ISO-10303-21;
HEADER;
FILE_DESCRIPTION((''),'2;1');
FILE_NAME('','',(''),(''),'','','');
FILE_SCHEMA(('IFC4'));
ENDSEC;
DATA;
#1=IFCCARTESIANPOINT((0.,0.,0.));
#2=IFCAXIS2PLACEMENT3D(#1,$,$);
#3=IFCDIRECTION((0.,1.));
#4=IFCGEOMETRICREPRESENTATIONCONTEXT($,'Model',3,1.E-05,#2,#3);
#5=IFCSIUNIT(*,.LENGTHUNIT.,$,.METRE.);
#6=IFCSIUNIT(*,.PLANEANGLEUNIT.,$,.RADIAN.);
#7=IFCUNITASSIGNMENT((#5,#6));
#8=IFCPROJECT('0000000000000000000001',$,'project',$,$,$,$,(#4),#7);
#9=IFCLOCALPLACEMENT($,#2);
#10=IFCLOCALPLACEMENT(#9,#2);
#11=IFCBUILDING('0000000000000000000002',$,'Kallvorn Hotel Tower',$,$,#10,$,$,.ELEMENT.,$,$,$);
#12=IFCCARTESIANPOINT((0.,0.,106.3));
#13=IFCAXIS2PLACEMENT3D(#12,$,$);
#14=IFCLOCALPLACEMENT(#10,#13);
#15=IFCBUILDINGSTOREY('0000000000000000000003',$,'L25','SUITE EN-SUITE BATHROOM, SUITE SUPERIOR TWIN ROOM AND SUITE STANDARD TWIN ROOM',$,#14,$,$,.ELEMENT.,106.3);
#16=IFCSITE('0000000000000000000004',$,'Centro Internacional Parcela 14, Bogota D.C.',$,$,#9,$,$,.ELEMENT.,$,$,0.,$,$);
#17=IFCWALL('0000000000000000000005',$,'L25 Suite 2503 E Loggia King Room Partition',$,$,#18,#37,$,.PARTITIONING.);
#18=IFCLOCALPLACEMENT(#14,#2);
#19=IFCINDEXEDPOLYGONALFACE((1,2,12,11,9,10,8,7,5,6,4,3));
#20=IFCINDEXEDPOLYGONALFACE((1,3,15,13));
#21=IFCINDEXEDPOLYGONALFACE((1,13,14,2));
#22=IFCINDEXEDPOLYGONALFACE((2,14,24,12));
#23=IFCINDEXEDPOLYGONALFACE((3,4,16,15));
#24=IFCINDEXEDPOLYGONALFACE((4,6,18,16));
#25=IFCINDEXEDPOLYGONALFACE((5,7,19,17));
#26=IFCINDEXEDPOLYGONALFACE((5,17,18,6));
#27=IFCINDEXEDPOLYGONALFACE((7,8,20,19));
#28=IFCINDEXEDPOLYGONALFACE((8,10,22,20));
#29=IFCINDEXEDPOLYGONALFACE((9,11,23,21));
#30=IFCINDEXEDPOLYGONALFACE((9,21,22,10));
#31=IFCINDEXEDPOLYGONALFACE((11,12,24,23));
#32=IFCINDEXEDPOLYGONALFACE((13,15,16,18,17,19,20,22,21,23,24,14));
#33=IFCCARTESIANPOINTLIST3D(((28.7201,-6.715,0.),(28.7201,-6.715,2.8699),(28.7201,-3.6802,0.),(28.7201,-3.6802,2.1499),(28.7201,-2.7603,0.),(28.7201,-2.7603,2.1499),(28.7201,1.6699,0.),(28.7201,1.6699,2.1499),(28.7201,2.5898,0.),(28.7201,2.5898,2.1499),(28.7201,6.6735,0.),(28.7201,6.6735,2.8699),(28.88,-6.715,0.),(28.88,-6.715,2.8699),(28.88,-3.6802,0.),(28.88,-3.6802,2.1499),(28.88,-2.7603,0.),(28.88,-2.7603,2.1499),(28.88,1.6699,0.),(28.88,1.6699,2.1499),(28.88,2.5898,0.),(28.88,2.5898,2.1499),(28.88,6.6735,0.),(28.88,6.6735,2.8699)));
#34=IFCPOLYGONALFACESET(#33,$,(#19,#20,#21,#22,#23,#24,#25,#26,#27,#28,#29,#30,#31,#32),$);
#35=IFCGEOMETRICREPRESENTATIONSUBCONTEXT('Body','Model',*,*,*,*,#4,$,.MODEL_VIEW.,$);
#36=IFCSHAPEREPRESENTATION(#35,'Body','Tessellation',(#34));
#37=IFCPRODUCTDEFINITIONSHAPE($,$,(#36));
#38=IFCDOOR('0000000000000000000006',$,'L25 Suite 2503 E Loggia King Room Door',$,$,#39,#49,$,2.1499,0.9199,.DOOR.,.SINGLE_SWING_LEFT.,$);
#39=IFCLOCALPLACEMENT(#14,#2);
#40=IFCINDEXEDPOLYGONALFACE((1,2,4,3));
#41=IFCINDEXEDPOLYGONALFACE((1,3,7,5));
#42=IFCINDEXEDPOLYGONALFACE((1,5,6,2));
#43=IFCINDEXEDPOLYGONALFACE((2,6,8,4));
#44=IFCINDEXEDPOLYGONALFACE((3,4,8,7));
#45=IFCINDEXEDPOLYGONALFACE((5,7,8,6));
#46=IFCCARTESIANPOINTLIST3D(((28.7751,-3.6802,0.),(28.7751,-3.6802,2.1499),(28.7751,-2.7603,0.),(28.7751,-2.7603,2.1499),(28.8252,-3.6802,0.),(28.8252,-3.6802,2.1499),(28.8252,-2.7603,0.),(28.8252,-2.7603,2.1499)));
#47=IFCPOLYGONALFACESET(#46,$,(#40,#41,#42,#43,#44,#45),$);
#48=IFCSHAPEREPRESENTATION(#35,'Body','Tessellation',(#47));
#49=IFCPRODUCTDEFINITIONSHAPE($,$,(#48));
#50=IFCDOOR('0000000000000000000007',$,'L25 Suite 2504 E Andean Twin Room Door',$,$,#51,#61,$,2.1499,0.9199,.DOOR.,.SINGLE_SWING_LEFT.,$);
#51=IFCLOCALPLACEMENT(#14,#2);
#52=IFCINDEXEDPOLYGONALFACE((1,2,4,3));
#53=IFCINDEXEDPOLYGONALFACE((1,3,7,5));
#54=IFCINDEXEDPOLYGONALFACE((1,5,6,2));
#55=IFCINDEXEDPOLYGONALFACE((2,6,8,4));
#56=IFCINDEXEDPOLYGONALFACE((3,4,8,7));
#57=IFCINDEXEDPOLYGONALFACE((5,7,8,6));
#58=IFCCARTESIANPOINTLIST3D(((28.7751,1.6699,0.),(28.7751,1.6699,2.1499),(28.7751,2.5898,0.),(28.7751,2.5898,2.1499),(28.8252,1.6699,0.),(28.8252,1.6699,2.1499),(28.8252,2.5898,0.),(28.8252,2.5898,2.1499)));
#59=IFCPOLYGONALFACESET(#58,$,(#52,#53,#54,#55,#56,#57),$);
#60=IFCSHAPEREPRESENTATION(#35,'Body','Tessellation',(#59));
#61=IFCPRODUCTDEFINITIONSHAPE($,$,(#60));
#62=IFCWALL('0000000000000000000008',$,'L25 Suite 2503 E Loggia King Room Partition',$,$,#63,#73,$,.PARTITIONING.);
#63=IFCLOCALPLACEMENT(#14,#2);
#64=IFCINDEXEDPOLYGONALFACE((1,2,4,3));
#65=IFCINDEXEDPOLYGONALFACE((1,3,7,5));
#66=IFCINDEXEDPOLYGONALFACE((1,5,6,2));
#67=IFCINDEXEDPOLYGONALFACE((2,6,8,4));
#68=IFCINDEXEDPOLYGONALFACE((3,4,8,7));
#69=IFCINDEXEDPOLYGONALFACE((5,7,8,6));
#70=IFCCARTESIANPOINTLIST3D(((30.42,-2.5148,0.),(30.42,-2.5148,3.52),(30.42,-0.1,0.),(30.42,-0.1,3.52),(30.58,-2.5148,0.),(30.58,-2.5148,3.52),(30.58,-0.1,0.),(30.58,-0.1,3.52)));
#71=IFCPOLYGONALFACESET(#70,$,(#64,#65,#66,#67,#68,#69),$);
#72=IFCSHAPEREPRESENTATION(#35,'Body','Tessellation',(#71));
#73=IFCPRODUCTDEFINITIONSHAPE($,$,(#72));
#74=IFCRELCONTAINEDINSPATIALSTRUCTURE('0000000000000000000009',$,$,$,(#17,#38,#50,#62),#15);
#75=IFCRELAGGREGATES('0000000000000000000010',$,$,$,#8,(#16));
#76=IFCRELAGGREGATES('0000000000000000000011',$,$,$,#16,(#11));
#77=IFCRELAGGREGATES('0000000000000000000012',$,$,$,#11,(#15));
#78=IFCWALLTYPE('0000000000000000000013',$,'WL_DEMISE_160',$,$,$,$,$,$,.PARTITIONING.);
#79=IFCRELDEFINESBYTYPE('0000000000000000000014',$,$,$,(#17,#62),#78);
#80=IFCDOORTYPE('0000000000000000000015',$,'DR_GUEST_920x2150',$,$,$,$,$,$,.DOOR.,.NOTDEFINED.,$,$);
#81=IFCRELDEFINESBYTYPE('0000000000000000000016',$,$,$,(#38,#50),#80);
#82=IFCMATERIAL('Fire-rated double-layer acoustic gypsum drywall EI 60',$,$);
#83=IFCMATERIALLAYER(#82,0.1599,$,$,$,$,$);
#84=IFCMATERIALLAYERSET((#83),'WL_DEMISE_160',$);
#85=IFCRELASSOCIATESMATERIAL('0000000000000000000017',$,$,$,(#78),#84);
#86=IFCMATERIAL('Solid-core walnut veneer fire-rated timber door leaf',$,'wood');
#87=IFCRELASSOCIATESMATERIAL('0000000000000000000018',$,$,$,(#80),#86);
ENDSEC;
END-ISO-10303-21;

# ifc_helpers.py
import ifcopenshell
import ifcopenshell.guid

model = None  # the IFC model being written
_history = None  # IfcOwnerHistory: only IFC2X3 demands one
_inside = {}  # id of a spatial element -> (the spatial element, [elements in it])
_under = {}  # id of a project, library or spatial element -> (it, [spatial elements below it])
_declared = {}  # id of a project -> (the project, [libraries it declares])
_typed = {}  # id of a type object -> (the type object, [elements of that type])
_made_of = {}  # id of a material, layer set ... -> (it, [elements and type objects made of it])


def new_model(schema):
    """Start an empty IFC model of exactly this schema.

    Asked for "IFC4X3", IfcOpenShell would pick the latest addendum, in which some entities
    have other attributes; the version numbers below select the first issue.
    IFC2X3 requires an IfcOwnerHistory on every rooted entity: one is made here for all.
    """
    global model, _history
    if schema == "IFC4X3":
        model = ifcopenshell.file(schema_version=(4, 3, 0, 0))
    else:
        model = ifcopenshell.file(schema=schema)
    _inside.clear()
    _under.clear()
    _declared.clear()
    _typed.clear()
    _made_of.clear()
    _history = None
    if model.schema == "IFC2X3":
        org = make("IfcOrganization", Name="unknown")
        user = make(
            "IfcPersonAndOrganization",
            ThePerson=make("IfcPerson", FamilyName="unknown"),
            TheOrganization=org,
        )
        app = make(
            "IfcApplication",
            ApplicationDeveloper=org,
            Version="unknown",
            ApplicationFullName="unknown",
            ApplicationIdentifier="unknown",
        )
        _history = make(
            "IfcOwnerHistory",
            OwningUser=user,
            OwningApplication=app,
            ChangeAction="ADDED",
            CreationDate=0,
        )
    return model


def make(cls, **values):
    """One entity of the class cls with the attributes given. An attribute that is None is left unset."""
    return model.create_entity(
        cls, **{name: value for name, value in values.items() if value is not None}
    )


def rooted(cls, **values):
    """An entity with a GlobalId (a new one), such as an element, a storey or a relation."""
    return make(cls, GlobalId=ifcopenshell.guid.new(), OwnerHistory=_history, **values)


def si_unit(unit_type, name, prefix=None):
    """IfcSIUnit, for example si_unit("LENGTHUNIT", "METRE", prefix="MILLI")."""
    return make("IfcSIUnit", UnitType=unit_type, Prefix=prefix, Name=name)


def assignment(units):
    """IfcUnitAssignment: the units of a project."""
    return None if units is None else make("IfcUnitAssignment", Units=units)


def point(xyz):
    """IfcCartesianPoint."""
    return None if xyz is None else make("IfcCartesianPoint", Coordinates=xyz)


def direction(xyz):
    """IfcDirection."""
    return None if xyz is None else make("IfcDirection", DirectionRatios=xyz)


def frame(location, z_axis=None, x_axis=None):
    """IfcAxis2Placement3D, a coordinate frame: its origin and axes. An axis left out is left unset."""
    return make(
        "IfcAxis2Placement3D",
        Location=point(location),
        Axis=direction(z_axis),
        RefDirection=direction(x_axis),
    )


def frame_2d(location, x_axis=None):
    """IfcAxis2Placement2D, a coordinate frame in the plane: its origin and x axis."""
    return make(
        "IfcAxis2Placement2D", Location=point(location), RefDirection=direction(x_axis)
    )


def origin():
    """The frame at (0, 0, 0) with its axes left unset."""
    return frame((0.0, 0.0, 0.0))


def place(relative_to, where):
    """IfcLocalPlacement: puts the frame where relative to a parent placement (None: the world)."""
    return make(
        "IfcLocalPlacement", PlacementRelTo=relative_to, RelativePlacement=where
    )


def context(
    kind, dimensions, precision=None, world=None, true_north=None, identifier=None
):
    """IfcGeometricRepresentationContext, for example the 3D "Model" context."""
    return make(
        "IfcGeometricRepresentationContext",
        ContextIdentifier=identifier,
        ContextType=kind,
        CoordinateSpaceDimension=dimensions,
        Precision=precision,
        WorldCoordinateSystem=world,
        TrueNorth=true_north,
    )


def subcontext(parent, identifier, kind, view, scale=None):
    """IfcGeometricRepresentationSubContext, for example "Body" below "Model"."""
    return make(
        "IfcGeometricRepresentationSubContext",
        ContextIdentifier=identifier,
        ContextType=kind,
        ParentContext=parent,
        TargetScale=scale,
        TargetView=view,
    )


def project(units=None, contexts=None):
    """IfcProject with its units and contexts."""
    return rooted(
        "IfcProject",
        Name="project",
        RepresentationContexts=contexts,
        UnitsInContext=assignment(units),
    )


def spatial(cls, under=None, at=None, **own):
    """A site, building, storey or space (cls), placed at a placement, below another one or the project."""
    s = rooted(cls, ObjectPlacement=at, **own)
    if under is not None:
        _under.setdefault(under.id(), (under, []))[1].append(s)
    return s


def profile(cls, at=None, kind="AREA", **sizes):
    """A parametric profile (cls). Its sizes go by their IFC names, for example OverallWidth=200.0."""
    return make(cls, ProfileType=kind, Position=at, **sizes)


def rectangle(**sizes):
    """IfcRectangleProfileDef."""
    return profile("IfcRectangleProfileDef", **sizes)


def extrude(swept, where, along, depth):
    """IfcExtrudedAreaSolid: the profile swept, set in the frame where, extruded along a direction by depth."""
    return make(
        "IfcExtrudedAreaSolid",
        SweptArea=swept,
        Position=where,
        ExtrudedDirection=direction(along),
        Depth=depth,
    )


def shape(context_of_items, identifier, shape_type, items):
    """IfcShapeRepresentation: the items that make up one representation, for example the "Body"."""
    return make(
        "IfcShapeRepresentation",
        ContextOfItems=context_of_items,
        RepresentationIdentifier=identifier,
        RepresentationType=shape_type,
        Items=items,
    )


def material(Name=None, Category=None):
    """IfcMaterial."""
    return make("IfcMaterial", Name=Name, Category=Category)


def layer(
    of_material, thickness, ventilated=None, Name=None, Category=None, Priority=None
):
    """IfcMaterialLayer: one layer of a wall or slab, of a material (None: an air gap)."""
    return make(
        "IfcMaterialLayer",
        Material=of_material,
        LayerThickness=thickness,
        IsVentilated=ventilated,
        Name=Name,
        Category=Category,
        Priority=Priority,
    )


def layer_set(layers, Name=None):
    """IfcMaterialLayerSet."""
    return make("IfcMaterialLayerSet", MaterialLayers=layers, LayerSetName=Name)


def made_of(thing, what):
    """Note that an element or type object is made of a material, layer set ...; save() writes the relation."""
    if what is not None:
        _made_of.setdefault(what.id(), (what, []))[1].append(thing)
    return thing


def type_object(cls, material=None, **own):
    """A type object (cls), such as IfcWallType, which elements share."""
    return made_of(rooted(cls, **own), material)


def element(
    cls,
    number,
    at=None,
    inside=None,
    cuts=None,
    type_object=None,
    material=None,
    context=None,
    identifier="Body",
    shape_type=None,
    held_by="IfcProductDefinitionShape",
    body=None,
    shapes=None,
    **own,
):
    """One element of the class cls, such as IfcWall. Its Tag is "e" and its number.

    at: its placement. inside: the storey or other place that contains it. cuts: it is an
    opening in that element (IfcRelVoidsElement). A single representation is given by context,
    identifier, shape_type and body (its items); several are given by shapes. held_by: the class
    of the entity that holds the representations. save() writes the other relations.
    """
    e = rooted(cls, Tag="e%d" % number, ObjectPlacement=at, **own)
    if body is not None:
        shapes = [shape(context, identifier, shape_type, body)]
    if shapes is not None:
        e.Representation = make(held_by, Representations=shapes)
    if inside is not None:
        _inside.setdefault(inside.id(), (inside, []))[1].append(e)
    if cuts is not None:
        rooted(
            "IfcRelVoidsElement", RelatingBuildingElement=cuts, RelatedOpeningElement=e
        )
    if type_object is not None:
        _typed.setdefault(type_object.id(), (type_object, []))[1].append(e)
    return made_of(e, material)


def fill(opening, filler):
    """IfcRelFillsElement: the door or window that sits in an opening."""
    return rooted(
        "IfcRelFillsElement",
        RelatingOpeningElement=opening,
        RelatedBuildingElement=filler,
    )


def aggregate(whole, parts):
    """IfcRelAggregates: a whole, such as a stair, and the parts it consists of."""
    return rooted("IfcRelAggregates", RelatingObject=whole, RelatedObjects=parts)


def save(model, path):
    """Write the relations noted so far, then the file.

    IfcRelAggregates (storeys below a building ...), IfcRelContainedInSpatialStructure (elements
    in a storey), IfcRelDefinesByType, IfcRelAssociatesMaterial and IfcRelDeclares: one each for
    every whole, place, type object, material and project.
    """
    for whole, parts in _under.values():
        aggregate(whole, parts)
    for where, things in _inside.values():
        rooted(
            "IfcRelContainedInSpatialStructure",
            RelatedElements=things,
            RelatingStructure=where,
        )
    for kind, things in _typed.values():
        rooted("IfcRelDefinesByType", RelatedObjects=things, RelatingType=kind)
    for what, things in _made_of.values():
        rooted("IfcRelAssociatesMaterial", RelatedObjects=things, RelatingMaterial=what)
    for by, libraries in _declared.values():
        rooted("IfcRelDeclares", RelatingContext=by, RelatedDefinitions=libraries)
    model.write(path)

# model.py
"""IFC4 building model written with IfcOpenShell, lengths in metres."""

from ifc_helpers import new_model, si_unit, direction, frame, frame_2d, origin, place, context, subcontext, project, spatial, rectangle, extrude, material, layer, layer_set, type_object, element, fill, save


model = new_model("IFC4")

# Units and contexts
model_context = context("Model", 3, precision=1e-05, world=origin(), true_north=direction((0.0, 1.0)))
body_context = subcontext(model_context, "Body", "Model", "MODEL_VIEW")
ifc_project = project(units=[si_unit("LENGTHUNIT", "METRE"), si_unit("PLANEANGLEUNIT", "RADIAN")], contexts=[model_context])

# Site, building, storey
site_placement = place(None, origin())
site = spatial("IfcSite", under=ifc_project, at=site_placement, Name="Centro Internacional Parcela 14, Bogota D.C.", CompositionType="ELEMENT", RefElevation=0.0)
building_placement = place(site_placement, origin())
building = spatial("IfcBuilding", under=site, at=building_placement, Name="Kallvorn Hotel Tower", CompositionType="ELEMENT")
storey_placement = place(building_placement, frame((0.0, 0.0, 106.3)))
storey = spatial("IfcBuildingStorey", under=building, at=storey_placement, Name="L25", Description="SUITE EN-SUITE BATHROOM, SUITE SUPERIOR TWIN ROOM AND SUITE STANDARD TWIN ROOM", CompositionType="ELEMENT", Elevation=106.3)

# Shared definitions
ifc_material_1 = material(Name="Fire-rated double-layer acoustic gypsum drywall EI 60")
ifc_layer_1 = layer(ifc_material_1, 0.1599)
ifc_layer_set_1 = layer_set([ifc_layer_1], Name="WL_DEMISE_160")
wall_type = type_object("IfcWallType", Name="WL_DEMISE_160", PredefinedType="PARTITIONING", material=ifc_layer_set_1)

# Wall, openings, doors
wall_1_placement = place(storey_placement, frame((28.8, -6.7151, 0.0), z_axis=(0.0, 0.0, 1.0), x_axis=(0.0, 1.0, 0.0)))
wall_1 = element("IfcWall", 1, at=wall_1_placement, inside=storey, type_object=wall_type, Name="L25 Suite 2503 E Loggia King Room Partition", PredefinedType="PARTITIONING", context=body_context, shape_type="SweptSolid", body=[
    extrude(rectangle(XDim=13.3884, YDim=0.1599, at=frame_2d((6.6943, 0.0))), origin(), (0.0, 0.0, 1.0), 2.8699),
])
opening_1_placement = place(wall_1_placement, frame((3.0349, 0.0, 0.0)))
opening_1 = element("IfcOpeningElement", 2, at=opening_1_placement, cuts=wall_1, PredefinedType="OPENING", context=body_context, shape_type="SweptSolid", body=[
    extrude(rectangle(XDim=0.9199, YDim=2.1499, at=frame_2d((0.46, 1.075))), frame((0.0, 0.095, 0.0), z_axis=(0.0, -1.0, 0.0), x_axis=(1.0, 0.0, 0.0)), (0.0, 0.0, 1.0), 0.1899),
])
opening_2_placement = place(wall_1_placement, frame((8.385, 0.0, 0.0)))
opening_2 = element("IfcOpeningElement", 3, at=opening_2_placement, cuts=wall_1, PredefinedType="OPENING", context=body_context, shape_type="SweptSolid", body=[
    extrude(rectangle(XDim=0.9199, YDim=2.1499, at=frame_2d((0.46, 1.075))), frame((0.0, 0.095, 0.0), z_axis=(0.0, -1.0, 0.0), x_axis=(1.0, 0.0, 0.0)), (0.0, 0.0, 1.0), 0.1899),
])
ifc_material_2 = material(Name="Solid-core walnut veneer fire-rated timber door leaf", Category="wood")
door_type_1 = type_object("IfcDoorType", Name="DR_GUEST_920x2150", OperationType="NOTDEFINED", PredefinedType="DOOR", material=ifc_material_2)
door_1_placement = place(opening_1_placement, origin())
door_1 = element("IfcDoor", 4, at=door_1_placement, inside=storey, type_object=door_type_1, Name="L25 Suite 2503 E Loggia King Room Door", OperationType="SINGLE_SWING_LEFT", OverallHeight=2.1499, OverallWidth=0.9199, PredefinedType="DOOR", context=body_context, shape_type="SweptSolid", body=[
    extrude(rectangle(XDim=0.9199, YDim=2.1499, at=frame_2d((0.46, 1.075))), frame((0.0, 0.0249, 0.0), z_axis=(0.0, -1.0, 0.0), x_axis=(1.0, 0.0, 0.0)), (0.0, 0.0, 1.0), 0.05),
])
fill(opening_1, door_1)
door_2_placement = place(opening_2_placement, origin())
door_2 = element("IfcDoor", 5, at=door_2_placement, inside=storey, type_object=door_type_1, Name="L25 Suite 2504 E Andean Twin Room Door", OperationType="SINGLE_SWING_LEFT", OverallHeight=2.1499, OverallWidth=0.9199, PredefinedType="DOOR", context=body_context, shape_type="SweptSolid", body=[
    extrude(rectangle(XDim=0.9199, YDim=2.1499, at=frame_2d((0.46, 1.075))), frame((0.0, 0.0249, 0.0), z_axis=(0.0, -1.0, 0.0), x_axis=(1.0, 0.0, 0.0)), (0.0, 0.0, 1.0), 0.05),
])
fill(opening_2, door_2)

# Wall
wall_2_placement = place(storey_placement, frame((30.5, -2.5149, 0.0), z_axis=(0.0, 0.0, 1.0), x_axis=(0.0, 1.0, 0.0)))
element("IfcWall", 6, at=wall_2_placement, inside=storey, type_object=wall_type, Name="L25 Suite 2503 E Loggia King Room Partition", PredefinedType="PARTITIONING", context=body_context, shape_type="SweptSolid", body=[
    extrude(rectangle(XDim=2.4148, YDim=0.1599, at=frame_2d((1.2075, 0.0))), origin(), (0.0, 0.0, 1.0), 3.52),
])

save(model, "model.ifc")
